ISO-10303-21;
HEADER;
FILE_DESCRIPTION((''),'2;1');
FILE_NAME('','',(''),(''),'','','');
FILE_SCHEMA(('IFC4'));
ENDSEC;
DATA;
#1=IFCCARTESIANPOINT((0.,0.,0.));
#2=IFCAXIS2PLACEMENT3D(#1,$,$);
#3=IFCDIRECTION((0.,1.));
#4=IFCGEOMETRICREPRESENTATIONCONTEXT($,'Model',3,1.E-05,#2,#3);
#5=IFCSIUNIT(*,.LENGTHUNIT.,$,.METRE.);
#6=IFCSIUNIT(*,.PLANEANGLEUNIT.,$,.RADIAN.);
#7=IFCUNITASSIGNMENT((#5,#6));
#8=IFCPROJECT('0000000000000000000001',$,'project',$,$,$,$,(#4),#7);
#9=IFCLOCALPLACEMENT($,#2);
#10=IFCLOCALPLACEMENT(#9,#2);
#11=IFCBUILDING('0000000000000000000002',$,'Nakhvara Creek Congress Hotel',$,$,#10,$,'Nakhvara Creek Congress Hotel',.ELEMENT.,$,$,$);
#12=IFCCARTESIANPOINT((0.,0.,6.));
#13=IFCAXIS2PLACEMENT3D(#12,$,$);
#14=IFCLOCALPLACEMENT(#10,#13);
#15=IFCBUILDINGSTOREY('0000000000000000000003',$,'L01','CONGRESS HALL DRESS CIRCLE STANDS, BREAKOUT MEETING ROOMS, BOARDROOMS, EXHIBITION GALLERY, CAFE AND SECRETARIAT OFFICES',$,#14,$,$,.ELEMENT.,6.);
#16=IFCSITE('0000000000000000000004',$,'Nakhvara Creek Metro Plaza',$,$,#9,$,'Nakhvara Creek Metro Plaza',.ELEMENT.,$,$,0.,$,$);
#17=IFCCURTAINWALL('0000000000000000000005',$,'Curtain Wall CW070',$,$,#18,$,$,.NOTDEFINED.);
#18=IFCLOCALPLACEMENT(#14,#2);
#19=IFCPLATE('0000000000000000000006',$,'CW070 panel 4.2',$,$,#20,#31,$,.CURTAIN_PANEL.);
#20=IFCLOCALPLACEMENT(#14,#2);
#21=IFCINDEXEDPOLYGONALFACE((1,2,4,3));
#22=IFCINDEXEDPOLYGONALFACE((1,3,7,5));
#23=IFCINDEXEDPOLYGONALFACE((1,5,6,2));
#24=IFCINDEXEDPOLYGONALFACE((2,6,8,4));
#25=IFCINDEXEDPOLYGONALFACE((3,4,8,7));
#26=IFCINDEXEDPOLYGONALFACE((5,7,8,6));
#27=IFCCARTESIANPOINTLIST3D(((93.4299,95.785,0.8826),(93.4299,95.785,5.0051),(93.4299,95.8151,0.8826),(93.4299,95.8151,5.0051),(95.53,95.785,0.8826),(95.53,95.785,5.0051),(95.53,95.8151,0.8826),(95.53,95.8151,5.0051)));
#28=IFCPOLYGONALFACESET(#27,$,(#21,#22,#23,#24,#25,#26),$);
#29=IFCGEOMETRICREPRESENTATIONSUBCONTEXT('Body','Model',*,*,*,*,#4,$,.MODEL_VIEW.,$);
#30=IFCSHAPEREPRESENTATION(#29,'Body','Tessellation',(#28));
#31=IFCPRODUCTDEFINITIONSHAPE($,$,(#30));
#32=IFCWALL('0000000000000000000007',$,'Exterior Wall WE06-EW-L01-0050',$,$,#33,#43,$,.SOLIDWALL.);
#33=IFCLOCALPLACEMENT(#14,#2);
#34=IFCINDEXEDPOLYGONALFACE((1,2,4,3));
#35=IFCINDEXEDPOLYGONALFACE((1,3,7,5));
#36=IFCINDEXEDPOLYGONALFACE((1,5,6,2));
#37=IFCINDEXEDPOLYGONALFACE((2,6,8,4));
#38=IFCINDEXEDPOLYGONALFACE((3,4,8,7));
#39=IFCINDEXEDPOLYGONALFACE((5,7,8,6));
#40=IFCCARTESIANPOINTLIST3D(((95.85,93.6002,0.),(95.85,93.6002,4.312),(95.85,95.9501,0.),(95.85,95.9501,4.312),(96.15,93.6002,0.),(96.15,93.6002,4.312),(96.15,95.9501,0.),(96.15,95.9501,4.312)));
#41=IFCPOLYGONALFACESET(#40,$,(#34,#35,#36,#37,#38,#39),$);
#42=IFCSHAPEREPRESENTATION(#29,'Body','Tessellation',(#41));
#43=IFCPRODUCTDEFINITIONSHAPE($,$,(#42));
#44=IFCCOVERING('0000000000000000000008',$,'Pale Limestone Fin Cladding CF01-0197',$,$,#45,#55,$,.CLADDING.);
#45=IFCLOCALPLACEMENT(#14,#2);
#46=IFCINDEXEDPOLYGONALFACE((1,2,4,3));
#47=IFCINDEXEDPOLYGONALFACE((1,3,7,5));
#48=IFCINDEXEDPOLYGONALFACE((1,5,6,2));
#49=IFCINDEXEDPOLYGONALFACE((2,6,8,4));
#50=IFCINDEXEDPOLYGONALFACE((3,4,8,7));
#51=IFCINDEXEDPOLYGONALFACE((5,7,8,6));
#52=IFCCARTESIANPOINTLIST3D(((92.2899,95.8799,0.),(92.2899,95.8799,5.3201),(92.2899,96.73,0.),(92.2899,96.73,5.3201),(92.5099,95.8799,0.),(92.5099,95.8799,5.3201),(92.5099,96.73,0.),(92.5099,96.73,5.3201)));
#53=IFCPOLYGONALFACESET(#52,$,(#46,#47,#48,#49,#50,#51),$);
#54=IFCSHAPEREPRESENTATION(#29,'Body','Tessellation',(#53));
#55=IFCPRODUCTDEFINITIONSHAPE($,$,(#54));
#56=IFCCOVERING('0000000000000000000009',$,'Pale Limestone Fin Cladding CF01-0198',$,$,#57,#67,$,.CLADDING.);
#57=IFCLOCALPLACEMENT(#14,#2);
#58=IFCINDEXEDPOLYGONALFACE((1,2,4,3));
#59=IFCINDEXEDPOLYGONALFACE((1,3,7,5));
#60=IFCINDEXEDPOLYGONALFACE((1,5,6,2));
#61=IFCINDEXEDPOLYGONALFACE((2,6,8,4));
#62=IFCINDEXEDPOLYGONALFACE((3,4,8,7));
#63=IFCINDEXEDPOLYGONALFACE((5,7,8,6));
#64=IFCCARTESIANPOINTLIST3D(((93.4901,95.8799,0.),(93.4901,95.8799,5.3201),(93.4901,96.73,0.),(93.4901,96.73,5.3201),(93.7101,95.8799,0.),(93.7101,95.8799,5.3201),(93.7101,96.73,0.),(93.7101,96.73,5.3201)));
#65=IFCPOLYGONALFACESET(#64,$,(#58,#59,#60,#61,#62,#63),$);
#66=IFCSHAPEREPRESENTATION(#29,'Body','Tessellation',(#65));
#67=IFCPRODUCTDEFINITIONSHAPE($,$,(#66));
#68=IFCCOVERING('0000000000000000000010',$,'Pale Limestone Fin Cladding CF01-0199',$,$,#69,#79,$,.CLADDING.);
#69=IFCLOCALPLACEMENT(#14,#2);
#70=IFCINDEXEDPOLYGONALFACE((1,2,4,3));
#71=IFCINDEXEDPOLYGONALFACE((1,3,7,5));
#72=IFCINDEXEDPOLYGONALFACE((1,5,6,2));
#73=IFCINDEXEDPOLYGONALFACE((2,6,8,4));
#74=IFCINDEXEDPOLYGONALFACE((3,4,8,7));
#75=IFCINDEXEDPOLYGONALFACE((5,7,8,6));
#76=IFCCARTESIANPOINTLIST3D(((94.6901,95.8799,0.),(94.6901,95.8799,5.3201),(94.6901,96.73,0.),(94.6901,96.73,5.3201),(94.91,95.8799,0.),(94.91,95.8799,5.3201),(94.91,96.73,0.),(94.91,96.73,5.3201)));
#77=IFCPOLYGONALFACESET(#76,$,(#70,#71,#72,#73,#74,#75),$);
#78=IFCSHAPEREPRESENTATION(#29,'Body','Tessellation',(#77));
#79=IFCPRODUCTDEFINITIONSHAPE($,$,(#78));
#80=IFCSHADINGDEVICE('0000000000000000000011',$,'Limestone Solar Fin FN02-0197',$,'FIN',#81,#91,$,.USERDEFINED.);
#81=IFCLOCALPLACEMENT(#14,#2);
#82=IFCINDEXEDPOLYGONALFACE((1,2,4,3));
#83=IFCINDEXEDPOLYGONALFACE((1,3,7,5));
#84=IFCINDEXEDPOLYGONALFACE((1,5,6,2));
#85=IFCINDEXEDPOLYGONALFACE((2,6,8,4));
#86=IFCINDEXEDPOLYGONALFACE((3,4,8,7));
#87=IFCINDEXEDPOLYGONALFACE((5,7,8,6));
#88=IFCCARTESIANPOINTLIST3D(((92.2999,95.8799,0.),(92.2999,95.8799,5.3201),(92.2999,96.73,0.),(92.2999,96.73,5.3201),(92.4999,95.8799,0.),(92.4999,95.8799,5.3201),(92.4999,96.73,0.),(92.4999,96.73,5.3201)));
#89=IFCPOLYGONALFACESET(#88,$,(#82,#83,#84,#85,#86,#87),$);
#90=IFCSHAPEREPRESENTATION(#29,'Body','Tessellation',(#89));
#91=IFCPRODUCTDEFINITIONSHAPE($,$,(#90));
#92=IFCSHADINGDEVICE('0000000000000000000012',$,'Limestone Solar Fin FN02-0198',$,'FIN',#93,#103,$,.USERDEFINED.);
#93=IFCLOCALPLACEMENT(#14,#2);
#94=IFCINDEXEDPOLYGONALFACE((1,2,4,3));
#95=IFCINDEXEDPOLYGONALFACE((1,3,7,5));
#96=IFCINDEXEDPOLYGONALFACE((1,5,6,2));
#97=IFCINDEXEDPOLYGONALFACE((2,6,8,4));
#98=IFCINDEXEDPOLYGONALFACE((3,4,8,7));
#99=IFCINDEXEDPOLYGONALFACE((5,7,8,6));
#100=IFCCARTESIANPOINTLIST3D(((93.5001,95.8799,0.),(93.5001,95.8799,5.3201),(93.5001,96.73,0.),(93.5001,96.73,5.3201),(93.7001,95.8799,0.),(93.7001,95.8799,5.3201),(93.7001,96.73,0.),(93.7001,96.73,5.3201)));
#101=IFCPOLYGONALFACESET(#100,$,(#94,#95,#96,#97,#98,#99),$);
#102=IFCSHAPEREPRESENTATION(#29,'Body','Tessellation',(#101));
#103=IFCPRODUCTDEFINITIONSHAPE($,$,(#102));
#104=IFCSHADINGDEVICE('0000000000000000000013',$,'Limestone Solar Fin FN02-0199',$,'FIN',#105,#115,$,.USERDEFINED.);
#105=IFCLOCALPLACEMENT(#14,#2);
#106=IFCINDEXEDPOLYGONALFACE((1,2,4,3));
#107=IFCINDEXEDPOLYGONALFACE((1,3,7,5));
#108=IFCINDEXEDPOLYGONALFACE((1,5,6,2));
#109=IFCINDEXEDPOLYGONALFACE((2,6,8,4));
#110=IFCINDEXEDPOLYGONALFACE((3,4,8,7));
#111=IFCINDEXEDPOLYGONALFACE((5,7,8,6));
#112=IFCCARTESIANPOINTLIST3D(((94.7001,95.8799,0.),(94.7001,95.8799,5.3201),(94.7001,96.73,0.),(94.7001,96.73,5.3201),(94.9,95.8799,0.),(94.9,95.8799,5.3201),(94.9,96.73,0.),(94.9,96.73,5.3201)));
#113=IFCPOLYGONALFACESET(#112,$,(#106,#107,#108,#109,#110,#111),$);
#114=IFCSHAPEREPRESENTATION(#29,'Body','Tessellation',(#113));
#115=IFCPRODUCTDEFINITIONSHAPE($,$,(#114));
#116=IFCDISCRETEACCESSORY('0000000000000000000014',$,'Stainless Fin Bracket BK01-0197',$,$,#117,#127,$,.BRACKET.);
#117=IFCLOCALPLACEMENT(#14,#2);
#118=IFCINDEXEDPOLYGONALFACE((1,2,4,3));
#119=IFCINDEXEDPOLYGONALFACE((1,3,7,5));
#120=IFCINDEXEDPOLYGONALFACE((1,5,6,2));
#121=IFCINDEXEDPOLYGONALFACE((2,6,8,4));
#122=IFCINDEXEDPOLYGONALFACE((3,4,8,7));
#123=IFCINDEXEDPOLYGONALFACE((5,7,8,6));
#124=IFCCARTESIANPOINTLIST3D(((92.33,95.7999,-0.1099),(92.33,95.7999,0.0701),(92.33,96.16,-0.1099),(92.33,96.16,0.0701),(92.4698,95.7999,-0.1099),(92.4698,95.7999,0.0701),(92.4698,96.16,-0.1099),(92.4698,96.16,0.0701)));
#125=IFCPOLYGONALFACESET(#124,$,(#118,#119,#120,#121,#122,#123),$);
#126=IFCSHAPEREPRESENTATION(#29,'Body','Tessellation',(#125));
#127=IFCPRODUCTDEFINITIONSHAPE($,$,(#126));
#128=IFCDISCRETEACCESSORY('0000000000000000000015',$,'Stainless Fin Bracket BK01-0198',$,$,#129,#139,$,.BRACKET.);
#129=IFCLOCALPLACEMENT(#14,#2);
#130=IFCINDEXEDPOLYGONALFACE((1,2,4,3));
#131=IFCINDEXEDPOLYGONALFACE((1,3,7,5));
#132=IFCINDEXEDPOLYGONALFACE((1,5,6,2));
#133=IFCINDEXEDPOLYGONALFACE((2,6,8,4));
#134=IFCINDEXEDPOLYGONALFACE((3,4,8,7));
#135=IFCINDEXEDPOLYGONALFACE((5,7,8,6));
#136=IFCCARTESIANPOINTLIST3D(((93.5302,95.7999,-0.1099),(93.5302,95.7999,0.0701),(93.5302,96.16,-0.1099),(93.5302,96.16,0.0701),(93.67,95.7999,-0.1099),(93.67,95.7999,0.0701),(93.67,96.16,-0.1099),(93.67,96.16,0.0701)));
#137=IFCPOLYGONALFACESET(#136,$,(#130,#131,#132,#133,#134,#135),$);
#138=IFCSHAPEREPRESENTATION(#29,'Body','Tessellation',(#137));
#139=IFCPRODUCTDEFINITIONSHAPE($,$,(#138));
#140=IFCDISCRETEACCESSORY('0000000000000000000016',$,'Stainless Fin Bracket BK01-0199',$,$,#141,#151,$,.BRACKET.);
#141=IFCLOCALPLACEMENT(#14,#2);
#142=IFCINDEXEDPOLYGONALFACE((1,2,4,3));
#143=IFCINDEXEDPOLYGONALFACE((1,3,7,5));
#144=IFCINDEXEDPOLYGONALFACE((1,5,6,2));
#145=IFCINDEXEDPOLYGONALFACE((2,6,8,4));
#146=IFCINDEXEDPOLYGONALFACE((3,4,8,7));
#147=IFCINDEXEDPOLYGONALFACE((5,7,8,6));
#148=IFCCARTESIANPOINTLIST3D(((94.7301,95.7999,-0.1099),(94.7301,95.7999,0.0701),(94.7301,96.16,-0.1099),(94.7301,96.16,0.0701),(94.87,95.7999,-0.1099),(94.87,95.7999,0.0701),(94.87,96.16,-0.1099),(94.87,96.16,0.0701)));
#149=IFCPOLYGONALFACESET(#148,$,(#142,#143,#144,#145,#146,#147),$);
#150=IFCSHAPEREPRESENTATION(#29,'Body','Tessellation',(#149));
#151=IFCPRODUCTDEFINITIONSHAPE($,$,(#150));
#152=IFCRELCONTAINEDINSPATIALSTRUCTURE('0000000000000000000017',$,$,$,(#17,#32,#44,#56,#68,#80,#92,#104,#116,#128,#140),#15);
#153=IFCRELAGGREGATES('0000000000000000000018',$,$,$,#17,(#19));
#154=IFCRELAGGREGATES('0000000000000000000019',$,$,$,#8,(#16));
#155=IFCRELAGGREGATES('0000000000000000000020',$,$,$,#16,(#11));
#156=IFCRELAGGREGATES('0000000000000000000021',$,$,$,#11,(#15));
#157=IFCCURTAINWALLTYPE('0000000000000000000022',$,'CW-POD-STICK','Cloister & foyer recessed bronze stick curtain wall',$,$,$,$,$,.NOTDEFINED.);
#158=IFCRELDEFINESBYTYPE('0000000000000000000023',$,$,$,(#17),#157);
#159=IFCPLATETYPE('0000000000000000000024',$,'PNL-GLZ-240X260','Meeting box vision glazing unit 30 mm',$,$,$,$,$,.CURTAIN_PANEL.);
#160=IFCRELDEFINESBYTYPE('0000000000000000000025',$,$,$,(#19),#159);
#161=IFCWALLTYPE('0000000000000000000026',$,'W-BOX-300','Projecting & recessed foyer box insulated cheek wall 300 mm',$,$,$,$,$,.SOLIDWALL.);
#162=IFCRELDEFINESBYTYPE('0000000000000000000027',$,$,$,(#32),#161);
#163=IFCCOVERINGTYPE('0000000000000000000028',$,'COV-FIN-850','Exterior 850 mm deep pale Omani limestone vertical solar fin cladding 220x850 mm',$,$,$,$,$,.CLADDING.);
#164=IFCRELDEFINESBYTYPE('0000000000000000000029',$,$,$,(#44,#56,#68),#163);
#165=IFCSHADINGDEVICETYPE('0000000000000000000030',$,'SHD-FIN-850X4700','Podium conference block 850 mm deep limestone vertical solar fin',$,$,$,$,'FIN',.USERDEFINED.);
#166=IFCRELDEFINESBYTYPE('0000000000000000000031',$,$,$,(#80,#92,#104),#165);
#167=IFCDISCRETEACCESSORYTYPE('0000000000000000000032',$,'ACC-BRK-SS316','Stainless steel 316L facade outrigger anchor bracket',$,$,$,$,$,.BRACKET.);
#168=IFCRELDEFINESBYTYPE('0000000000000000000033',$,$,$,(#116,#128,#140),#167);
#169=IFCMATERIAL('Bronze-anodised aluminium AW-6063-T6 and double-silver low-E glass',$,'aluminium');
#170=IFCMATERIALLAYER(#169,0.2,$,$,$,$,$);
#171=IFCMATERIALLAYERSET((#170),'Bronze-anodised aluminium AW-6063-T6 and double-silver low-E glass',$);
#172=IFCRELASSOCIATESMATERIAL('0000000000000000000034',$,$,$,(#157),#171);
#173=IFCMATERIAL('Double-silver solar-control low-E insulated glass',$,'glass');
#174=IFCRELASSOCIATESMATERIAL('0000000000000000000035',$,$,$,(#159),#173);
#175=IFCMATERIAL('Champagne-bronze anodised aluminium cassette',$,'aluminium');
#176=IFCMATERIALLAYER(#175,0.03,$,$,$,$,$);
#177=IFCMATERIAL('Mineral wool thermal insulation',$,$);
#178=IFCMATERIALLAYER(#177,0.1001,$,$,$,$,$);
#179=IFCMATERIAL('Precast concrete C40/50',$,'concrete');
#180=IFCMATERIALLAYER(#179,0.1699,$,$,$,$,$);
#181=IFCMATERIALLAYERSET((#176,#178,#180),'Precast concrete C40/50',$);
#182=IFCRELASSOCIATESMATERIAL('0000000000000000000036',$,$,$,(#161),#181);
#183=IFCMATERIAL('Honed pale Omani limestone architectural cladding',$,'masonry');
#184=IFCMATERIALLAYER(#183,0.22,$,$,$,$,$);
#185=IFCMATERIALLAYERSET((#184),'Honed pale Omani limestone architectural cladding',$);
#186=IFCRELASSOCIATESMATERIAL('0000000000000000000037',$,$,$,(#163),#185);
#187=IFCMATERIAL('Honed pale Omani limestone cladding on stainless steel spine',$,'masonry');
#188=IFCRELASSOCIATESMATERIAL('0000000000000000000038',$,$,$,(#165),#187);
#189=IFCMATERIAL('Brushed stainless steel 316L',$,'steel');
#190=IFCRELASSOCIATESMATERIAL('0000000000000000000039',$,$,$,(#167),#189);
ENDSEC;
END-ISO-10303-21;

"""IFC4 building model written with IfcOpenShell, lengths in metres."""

from ifc_helpers import new_model, si_unit, direction, frame, frame_2d, origin, origin_2d, place, context, subcontext, project, spatial, rectangle, extrude, material, layer, layer_set, type_object, element, aggregate, save


model = new_model("IFC4")

# Units and contexts
model_context = context("Model", 3, precision=1e-05, world=origin(), true_north=direction((0.0, 1.0)))
body_context = subcontext(model_context, "Body", "Model", "MODEL_VIEW")
ifc_project = project(units=[si_unit("LENGTHUNIT", "METRE"), si_unit("PLANEANGLEUNIT", "RADIAN")], contexts=[model_context])

# Site, building, storey
site_placement = place(None, origin())
site = spatial("IfcSite", under=ifc_project, at=site_placement, Name="Nakhvara Creek Metro Plaza", LongName="Nakhvara Creek Metro Plaza", CompositionType="ELEMENT", RefElevation=0.0)
building_placement = place(site_placement, origin())
building = spatial("IfcBuilding", under=site, at=building_placement, Name="Nakhvara Creek Congress Hotel", LongName="Nakhvara Creek Congress Hotel", CompositionType="ELEMENT")
storey_placement = place(building_placement, frame((0.0, 0.0, 6.0)))
storey = spatial("IfcBuildingStorey", under=building, at=storey_placement, Name="L01", Description="CONGRESS HALL DRESS CIRCLE STANDS, BREAKOUT MEETING ROOMS, BOARDROOMS, EXHIBITION GALLERY, CAFE AND SECRETARIAT OFFICES", CompositionType="ELEMENT", Elevation=6.0)

# Curtain wall
ifc_material_1 = material(Name="Bronze-anodised aluminium AW-6063-T6 and double-silver low-E glass", Category="aluminium")
ifc_layer_1 = layer(ifc_material_1, 0.2)
ifc_layer_set_1 = layer_set([ifc_layer_1], Name="Bronze-anodised aluminium AW-6063-T6 and double-silver low-E glass")
curtain_wall_type_1 = type_object("IfcCurtainWallType", Name="CW-POD-STICK", Description="Cloister & foyer recessed bronze stick curtain wall", PredefinedType="NOTDEFINED", material=ifc_layer_set_1)
curtain_wall_1_placement = place(storey_placement, origin())
curtain_wall_1 = element("IfcCurtainWall", 1, at=curtain_wall_1_placement, inside=storey, type_object=curtain_wall_type_1, Name="Curtain Wall CW070", PredefinedType="NOTDEFINED")

# Shared definitions
ifc_material_2 = material(Name="Double-silver solar-control low-E insulated glass", Category="glass")
plate_type = type_object("IfcPlateType", Name="PNL-GLZ-240X260", Description="Meeting box vision glazing unit 30 mm", PredefinedType="CURTAIN_PANEL", material=ifc_material_2)

# Plate
plate_1_placement = place(storey_placement, frame((94.48, 95.8, 0.8826), z_axis=(0.0, 0.0, 1.0), x_axis=(1.0, 0.0, 0.0)))
plate_1 = element("IfcPlate", 2, at=plate_1_placement, type_object=plate_type, Name="CW070 panel 4.2", PredefinedType="CURTAIN_PANEL", context=body_context, shape_type="SweptSolid", body=[
    extrude(rectangle(XDim=2.1001, YDim=0.03, at=origin_2d()), origin(), (0.0, 0.0, 1.0), 4.1226),
])
aggregate(curtain_wall_1, [plate_1])

# Wall
ifc_material_3 = material(Name="Champagne-bronze anodised aluminium cassette", Category="aluminium")
ifc_layer_2 = layer(ifc_material_3, 0.03)
ifc_material_4 = material(Name="Mineral wool thermal insulation")
ifc_layer_3 = layer(ifc_material_4, 0.1001)
ifc_material_5 = material(Name="Precast concrete C40/50", Category="concrete")
ifc_layer_4 = layer(ifc_material_5, 0.1699)
ifc_layer_set_2 = layer_set([ifc_layer_2, ifc_layer_3, ifc_layer_4], Name="Precast concrete C40/50")
wall_type = type_object("IfcWallType", Name="W-BOX-300", Description="Projecting & recessed foyer box insulated cheek wall 300 mm", PredefinedType="SOLIDWALL", material=ifc_layer_set_2)
wall_placement = place(storey_placement, frame((96.0, 95.95, 0.0), z_axis=(0.0, 0.0, 1.0), x_axis=(0.0, -1.0, 0.0)))
element("IfcWall", 3, at=wall_placement, inside=storey, type_object=wall_type, Name="Exterior Wall WE06-EW-L01-0050", PredefinedType="SOLIDWALL", context=body_context, shape_type="SweptSolid", body=[
    extrude(rectangle(XDim=2.3499, YDim=0.3, at=frame_2d((1.1748, 0.0))), origin(), (0.0, 0.0, 1.0), 4.312),
])

# Coverings
ifc_material_6 = material(Name="Honed pale Omani limestone architectural cladding", Category="masonry")
ifc_layer_5 = layer(ifc_material_6, 0.22)
ifc_layer_set_3 = layer_set([ifc_layer_5], Name="Honed pale Omani limestone architectural cladding")
covering_type = type_object("IfcCoveringType", Name="COV-FIN-850", Description="Exterior 850 mm deep pale Omani limestone vertical solar fin cladding 220x850 mm", PredefinedType="CLADDING", material=ifc_layer_set_3)
for number, where, z_axis, x_axis, name in (
    (4, (92.3999, 96.3049, 0.0), (0.0, 0.0, 1.0), (1.0, 0.0, 0.0), "Pale Limestone Fin Cladding CF01-0197"),
    (5, (93.6001, 96.3049, 0.0), (0.0, 0.0, 1.0), (1.0, 0.0, 0.0), "Pale Limestone Fin Cladding CF01-0198"),
    (6, (94.8, 96.3049, 0.0), (0.0, 0.0, 1.0), (1.0, 0.0, 0.0), "Pale Limestone Fin Cladding CF01-0199"),
):
    element("IfcCovering", number, at=place(storey_placement, frame(where, z_axis=z_axis, x_axis=x_axis)), inside=storey, type_object=covering_type, Name=name, PredefinedType="CLADDING", context=body_context, shape_type="SweptSolid", body=[
        extrude(rectangle(XDim=0.22, YDim=0.8501, at=origin_2d()), origin(), (0.0, 0.0, 1.0), 5.3201),
    ])

# Shading devices
ifc_material_7 = material(Name="Honed pale Omani limestone cladding on stainless steel spine", Category="masonry")
shading_device_type = type_object("IfcShadingDeviceType", Name="SHD-FIN-850X4700", Description="Podium conference block 850 mm deep limestone vertical solar fin", ElementType="FIN", PredefinedType="USERDEFINED", material=ifc_material_7)
for number, where, z_axis, x_axis, name in (
    (7, (92.3999, 96.3049, 0.0), (0.0, 0.0, 1.0), (1.0, 0.0, 0.0), "Limestone Solar Fin FN02-0197"),
    (8, (93.6001, 96.3049, 0.0), (0.0, 0.0, 1.0), (1.0, 0.0, 0.0), "Limestone Solar Fin FN02-0198"),
    (9, (94.8, 96.3049, 0.0), (0.0, 0.0, 1.0), (1.0, 0.0, 0.0), "Limestone Solar Fin FN02-0199"),
):
    element("IfcShadingDevice", number, at=place(storey_placement, frame(where, z_axis=z_axis, x_axis=x_axis)), inside=storey, type_object=shading_device_type, Name=name, ObjectType="FIN", PredefinedType="USERDEFINED", context=body_context, shape_type="SweptSolid", body=[
        extrude(rectangle(XDim=0.2, YDim=0.8501, at=origin_2d()), origin(), (0.0, 0.0, 1.0), 5.3201),
    ])

# Discrete accessories
ifc_material_8 = material(Name="Brushed stainless steel 316L", Category="steel")
discrete_accessory_type = type_object("IfcDiscreteAccessoryType", Name="ACC-BRK-SS316", Description="Stainless steel 316L facade outrigger anchor bracket", PredefinedType="BRACKET", material=ifc_material_8)
for number, where, z_axis, x_axis, name in (
    (10, (92.3999, 95.98, -0.1099), (0.0, 0.0, 1.0), (1.0, 0.0, 0.0), "Stainless Fin Bracket BK01-0197"),
    (11, (93.6001, 95.98, -0.1099), (0.0, 0.0, 1.0), (1.0, 0.0, 0.0), "Stainless Fin Bracket BK01-0198"),
    (12, (94.8, 95.98, -0.1099), (0.0, 0.0, 1.0), (1.0, 0.0, 0.0), "Stainless Fin Bracket BK01-0199"),
):
    element("IfcDiscreteAccessory", number, at=place(storey_placement, frame(where, z_axis=z_axis, x_axis=x_axis)), inside=storey, type_object=discrete_accessory_type, Name=name, PredefinedType="BRACKET", context=body_context, shape_type="SweptSolid", body=[
        extrude(rectangle(XDim=0.1399, YDim=0.3601, at=origin_2d()), origin(), (0.0, 0.0, 1.0), 0.1799),
    ])

save(model, "model.ifc")
